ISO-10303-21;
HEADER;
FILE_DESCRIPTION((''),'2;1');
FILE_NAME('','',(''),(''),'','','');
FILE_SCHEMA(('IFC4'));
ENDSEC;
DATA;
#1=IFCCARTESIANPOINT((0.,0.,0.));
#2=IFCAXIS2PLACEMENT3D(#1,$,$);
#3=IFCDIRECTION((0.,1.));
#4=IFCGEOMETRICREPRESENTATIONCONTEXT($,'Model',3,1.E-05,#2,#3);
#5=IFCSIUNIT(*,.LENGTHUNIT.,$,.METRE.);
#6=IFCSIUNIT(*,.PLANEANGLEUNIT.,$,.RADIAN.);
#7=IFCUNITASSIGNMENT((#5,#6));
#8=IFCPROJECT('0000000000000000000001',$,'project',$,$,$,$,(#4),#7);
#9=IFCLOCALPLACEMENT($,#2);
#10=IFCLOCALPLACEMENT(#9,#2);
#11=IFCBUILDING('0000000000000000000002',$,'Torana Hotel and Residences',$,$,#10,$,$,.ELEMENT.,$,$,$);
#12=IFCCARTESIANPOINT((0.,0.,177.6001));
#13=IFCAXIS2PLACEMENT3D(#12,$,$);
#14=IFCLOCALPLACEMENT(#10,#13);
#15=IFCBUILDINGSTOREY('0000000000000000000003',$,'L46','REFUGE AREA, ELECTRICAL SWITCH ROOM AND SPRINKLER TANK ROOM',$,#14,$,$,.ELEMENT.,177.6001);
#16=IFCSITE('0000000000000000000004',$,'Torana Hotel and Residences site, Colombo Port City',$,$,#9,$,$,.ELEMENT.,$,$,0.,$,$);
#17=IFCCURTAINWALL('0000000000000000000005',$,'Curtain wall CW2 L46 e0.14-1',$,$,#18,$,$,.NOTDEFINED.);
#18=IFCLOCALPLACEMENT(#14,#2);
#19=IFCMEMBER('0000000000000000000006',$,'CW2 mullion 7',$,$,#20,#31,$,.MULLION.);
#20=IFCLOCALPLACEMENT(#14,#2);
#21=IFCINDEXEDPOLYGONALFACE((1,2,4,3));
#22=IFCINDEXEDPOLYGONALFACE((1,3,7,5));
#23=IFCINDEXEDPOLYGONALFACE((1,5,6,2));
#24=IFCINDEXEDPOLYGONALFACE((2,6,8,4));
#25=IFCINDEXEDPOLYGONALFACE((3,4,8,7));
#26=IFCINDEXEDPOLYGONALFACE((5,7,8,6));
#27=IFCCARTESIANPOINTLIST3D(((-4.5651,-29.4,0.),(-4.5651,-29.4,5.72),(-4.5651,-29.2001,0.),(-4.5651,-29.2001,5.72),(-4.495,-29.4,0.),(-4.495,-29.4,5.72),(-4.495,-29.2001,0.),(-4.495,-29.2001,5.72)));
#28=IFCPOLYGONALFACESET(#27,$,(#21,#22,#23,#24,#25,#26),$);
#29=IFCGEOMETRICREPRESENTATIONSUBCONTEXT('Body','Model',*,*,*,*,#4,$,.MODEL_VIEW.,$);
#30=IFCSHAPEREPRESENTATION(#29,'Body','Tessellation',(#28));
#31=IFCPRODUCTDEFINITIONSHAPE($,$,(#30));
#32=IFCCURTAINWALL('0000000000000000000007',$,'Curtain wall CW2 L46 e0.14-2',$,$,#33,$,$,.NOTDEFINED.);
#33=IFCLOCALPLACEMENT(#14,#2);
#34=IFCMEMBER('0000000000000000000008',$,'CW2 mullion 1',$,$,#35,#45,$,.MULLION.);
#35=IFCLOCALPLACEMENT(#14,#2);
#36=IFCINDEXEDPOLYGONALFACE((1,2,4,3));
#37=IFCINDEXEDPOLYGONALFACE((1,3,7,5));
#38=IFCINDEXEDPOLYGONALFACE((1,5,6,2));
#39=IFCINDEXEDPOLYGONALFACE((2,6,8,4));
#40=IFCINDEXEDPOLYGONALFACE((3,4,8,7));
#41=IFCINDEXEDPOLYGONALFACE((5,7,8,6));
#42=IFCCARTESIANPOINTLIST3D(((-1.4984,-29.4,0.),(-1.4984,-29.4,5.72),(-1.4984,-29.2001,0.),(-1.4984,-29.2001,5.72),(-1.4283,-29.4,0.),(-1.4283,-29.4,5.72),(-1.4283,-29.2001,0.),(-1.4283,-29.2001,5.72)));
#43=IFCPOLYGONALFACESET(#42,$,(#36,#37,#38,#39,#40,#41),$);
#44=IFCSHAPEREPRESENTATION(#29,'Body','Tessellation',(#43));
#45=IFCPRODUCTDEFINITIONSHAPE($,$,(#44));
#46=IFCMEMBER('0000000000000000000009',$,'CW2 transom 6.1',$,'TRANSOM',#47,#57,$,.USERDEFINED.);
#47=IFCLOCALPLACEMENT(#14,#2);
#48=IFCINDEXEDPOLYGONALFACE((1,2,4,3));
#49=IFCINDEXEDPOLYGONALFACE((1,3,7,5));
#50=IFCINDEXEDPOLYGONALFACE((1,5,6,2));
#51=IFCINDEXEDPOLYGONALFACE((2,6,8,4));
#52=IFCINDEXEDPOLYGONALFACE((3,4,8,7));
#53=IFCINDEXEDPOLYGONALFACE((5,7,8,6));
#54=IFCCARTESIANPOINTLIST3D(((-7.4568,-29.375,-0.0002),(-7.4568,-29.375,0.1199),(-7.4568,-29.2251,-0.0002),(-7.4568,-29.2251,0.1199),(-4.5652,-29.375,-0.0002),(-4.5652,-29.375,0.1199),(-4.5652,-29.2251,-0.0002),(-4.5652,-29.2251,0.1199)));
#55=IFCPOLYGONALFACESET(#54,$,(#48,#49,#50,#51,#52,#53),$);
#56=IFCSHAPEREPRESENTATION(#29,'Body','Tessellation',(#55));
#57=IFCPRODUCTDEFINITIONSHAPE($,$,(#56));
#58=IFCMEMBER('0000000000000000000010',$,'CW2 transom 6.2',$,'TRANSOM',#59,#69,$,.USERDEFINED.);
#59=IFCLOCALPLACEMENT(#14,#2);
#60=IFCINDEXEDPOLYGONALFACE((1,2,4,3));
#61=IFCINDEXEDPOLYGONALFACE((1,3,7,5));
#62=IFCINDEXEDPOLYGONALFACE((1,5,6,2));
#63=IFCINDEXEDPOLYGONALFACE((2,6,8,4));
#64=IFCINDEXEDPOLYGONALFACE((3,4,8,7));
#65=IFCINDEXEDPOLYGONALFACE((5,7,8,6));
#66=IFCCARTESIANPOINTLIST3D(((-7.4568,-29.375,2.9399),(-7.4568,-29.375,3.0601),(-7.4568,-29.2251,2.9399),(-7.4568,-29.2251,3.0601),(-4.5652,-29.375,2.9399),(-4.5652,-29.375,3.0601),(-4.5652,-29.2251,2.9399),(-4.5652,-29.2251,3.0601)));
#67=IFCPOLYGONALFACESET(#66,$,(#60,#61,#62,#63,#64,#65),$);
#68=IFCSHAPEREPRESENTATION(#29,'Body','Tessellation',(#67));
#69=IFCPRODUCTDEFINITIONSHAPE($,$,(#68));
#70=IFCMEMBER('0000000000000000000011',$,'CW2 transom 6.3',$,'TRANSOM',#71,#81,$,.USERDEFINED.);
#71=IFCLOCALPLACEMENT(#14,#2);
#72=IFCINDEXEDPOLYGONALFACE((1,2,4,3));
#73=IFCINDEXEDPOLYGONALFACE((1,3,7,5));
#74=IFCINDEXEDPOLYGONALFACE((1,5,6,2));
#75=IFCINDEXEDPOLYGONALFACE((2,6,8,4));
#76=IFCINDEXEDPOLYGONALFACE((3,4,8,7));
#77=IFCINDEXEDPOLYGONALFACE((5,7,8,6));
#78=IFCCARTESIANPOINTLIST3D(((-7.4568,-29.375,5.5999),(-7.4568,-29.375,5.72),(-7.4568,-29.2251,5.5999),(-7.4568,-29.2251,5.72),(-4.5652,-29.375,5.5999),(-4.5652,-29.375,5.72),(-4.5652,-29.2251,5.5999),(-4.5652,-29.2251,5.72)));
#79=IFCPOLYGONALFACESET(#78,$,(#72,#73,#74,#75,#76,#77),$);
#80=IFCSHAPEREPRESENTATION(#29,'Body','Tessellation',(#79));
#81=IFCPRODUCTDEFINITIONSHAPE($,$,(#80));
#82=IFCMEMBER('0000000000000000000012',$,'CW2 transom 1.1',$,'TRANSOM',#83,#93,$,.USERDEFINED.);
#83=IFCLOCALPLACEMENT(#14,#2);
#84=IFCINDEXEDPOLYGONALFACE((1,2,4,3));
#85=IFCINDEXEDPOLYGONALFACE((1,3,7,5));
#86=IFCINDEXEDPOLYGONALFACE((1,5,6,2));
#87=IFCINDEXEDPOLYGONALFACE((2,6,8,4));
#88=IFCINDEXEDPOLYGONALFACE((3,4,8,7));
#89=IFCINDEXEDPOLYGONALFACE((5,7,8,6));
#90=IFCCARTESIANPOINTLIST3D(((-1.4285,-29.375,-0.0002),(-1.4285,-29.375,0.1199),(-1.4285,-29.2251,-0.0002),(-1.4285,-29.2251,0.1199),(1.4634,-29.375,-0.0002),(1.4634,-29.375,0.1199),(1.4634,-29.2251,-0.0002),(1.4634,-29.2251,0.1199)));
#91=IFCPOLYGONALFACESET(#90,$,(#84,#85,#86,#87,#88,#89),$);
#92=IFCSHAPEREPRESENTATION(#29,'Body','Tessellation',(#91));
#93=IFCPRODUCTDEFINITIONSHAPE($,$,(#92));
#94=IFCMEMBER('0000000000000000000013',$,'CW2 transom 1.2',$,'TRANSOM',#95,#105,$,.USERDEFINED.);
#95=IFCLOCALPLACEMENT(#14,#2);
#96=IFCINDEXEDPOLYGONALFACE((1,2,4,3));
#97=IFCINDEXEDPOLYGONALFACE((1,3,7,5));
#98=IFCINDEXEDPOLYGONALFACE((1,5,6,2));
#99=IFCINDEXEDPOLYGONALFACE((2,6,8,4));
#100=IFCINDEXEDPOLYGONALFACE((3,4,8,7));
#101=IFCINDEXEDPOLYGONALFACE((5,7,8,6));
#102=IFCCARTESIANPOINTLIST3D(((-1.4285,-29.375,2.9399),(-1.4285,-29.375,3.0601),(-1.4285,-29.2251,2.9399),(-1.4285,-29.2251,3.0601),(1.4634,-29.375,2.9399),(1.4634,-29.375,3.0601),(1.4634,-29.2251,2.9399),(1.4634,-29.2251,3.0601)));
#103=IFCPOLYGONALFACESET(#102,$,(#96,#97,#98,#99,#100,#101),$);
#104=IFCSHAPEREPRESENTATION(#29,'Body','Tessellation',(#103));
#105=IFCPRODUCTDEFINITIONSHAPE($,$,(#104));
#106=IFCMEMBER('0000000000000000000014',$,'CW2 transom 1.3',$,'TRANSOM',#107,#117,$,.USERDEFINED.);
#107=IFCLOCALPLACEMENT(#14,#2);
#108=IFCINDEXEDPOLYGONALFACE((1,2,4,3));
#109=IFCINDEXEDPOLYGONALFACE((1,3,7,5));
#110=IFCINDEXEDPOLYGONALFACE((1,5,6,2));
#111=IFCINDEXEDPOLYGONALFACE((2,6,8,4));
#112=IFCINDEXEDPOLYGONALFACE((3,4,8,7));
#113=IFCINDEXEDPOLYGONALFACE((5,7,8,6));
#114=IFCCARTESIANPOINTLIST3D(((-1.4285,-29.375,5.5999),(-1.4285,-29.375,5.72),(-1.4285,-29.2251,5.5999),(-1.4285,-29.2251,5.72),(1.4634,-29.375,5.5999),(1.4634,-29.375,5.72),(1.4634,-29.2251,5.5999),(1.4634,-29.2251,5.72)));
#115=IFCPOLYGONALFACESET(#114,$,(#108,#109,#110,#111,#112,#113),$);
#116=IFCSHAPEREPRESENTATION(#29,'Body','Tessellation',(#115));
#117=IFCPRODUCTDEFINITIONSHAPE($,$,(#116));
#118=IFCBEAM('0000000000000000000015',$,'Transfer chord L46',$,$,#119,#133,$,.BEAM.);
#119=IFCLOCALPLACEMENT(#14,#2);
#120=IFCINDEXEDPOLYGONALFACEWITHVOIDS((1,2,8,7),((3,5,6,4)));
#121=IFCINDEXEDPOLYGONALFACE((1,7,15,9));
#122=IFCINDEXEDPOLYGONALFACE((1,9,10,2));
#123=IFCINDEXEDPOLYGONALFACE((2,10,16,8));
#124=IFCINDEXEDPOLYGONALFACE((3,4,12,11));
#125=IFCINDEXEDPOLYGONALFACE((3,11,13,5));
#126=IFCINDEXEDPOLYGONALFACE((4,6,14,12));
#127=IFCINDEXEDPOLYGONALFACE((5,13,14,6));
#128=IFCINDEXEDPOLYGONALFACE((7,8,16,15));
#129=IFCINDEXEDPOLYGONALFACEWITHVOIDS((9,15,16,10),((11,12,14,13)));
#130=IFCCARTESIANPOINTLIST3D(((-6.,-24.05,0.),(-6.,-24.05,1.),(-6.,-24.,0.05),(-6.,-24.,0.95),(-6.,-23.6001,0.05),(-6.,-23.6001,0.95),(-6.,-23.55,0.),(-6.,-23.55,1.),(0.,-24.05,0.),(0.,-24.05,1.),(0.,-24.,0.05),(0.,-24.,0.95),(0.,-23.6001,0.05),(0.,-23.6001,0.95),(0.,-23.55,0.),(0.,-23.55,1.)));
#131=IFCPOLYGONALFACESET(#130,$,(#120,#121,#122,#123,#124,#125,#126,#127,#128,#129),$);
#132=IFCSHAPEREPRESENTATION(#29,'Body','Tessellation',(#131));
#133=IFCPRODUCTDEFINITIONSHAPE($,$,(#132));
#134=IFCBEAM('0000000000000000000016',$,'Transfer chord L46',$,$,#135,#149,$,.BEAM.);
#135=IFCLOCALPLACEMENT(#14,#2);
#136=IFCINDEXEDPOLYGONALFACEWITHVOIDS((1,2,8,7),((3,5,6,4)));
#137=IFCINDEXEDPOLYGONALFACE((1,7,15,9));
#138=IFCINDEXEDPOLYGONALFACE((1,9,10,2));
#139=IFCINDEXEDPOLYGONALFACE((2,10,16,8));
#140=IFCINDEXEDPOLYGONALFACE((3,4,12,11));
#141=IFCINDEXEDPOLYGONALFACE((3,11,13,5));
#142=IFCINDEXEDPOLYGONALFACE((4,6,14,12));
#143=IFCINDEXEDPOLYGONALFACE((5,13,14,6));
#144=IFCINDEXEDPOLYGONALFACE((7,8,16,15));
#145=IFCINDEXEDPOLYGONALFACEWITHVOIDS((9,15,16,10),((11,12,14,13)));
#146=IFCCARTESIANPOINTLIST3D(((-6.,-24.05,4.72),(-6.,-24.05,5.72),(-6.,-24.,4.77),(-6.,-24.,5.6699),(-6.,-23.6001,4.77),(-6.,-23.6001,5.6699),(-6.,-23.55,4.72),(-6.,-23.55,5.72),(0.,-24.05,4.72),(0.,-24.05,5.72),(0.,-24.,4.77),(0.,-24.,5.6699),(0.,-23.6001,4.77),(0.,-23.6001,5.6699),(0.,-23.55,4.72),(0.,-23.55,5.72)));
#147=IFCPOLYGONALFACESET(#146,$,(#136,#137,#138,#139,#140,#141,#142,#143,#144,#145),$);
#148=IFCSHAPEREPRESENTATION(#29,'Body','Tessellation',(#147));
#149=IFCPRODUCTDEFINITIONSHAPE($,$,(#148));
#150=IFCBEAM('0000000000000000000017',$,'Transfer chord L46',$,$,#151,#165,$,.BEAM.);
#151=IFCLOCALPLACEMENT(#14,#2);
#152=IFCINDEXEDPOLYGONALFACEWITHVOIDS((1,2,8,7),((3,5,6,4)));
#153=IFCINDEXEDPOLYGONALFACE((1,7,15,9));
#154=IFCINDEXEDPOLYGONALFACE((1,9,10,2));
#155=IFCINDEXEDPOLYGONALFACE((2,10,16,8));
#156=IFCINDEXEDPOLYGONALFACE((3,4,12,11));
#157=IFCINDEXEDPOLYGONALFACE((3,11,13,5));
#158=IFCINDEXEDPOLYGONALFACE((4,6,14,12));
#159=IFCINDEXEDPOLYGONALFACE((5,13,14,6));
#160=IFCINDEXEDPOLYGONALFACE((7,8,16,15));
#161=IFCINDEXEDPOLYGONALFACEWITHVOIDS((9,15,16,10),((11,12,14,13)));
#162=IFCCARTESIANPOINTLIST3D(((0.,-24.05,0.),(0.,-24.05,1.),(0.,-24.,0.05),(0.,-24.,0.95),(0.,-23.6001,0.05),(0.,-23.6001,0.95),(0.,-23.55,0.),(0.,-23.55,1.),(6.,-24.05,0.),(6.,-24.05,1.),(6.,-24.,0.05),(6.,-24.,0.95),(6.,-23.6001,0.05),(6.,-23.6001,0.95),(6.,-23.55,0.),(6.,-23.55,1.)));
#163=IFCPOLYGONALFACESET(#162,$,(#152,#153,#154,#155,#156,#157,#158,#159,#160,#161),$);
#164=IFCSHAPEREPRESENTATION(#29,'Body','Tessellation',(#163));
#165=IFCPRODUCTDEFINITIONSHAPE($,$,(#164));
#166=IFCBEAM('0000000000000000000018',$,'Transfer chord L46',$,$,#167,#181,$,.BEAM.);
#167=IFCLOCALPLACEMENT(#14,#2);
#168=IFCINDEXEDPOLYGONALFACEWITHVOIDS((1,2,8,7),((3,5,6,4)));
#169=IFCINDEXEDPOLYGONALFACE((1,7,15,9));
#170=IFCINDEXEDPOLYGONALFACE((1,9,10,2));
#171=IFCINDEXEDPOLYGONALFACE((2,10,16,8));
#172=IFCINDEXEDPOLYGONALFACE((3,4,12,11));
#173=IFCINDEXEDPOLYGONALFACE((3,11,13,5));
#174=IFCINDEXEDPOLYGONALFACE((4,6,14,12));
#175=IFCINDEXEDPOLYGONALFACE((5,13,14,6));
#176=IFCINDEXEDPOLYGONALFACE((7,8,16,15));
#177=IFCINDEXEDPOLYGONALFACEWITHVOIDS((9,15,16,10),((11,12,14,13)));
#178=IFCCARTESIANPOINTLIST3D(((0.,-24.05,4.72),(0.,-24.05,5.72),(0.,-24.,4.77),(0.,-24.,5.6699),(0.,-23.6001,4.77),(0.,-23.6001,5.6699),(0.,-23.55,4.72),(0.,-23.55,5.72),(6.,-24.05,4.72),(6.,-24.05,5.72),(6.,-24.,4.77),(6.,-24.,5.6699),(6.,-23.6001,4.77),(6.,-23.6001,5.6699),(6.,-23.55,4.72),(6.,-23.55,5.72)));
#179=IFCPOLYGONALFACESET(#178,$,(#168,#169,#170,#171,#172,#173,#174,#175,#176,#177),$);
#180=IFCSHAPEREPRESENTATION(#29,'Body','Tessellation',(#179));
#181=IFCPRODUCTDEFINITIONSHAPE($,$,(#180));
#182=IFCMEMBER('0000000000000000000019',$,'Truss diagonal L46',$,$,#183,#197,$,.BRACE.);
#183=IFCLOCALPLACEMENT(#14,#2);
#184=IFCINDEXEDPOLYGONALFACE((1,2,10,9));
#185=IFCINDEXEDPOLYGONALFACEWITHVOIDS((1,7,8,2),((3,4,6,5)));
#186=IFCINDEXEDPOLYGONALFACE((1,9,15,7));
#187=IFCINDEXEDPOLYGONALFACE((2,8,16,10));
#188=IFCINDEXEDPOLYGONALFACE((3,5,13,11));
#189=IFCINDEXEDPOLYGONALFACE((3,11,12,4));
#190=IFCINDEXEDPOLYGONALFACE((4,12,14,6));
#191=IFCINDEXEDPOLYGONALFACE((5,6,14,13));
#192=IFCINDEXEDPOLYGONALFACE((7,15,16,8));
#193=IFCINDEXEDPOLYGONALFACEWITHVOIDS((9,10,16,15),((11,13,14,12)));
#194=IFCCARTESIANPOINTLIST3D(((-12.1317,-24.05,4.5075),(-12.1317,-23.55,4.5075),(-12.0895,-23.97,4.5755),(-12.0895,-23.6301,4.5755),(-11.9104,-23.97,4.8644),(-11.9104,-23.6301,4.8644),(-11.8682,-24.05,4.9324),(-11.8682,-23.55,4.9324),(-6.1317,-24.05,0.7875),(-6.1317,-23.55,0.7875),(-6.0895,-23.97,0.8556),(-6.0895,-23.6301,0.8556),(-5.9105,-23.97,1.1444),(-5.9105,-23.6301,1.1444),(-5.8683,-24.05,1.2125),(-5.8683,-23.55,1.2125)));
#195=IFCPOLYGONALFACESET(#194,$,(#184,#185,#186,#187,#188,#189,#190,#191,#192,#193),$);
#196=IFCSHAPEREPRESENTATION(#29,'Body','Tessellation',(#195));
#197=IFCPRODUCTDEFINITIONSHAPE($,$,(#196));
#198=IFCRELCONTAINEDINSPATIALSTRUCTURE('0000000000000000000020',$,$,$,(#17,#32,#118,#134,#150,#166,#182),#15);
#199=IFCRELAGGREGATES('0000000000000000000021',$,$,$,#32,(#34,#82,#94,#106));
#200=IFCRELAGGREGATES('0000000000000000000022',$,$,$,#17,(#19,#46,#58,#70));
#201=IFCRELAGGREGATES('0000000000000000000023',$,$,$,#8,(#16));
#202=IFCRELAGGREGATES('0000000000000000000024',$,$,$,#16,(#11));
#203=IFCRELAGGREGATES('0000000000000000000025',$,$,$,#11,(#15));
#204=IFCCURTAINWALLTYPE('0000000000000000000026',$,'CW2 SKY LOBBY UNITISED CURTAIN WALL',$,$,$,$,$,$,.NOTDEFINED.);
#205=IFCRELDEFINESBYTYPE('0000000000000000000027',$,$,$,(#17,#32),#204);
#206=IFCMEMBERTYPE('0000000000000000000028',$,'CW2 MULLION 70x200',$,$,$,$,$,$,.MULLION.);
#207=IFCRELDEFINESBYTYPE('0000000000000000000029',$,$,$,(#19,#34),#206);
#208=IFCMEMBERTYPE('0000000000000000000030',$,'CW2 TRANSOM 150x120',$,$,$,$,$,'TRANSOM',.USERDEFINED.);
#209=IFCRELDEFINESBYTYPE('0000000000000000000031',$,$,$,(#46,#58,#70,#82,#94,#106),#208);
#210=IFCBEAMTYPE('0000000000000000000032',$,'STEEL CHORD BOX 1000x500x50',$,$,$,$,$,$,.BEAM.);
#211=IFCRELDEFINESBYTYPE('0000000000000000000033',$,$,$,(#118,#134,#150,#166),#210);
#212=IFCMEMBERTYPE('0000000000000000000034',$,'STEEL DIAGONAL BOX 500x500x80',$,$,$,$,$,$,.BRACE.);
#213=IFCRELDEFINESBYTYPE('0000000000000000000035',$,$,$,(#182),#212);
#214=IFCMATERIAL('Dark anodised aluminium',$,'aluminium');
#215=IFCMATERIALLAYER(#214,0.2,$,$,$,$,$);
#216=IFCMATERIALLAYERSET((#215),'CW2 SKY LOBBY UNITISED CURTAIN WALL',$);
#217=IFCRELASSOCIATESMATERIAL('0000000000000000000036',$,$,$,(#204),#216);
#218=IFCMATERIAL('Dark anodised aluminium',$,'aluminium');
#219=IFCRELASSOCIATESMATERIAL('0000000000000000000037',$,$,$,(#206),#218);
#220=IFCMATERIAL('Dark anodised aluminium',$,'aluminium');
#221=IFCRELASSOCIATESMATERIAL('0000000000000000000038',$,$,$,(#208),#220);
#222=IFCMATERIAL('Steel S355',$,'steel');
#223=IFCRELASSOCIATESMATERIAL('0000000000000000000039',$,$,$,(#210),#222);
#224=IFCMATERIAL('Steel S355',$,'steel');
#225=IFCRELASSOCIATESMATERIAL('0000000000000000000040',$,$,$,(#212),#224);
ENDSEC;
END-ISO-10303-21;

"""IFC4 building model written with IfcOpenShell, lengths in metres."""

from ifc_helpers import new_model, si_unit, direction, frame, origin, origin_2d, place, context, subcontext, project, spatial, rectangle, hollow_rectangle, extrude, material, layer, layer_set, material_profile, profile_set, type_object, element, aggregate, save


model = new_model("IFC4")

# Units and contexts
model_context = context("Model", 3, precision=1e-05, world=origin(), true_north=direction((0.0, 1.0)))
body_context = subcontext(model_context, "Body", "Model", "MODEL_VIEW")
ifc_project = project(units=[si_unit("LENGTHUNIT", "METRE"), si_unit("PLANEANGLEUNIT", "RADIAN")], contexts=[model_context])

# Site, building, storey
site_placement = place(None, origin())
site = spatial("IfcSite", under=ifc_project, at=site_placement, Name="Torana Hotel and Residences site, Colombo Port City", CompositionType="ELEMENT", RefElevation=0.0)
building_placement = place(site_placement, origin())
building = spatial("IfcBuilding", under=site, at=building_placement, Name="Torana Hotel and Residences", CompositionType="ELEMENT")
storey_placement = place(building_placement, frame((0.0, 0.0, 177.6001)))
storey = spatial("IfcBuildingStorey", under=building, at=storey_placement, Name="L46", Description="REFUGE AREA, ELECTRICAL SWITCH ROOM AND SPRINKLER TANK ROOM", CompositionType="ELEMENT", Elevation=177.6001)

# Curtain walls, members
ifc_material_1 = material(Name="Dark anodised aluminium", Category="aluminium")
ifc_layer_1 = layer(ifc_material_1, 0.2)
ifc_layer_set_1 = layer_set([ifc_layer_1], Name="CW2 SKY LOBBY UNITISED CURTAIN WALL")
curtain_wall_type = type_object("IfcCurtainWallType", Name="CW2 SKY LOBBY UNITISED CURTAIN WALL", PredefinedType="NOTDEFINED", material=ifc_layer_set_1)
curtain_wall_1_placement = place(storey_placement, origin())
curtain_wall_1 = element("IfcCurtainWall", 1, at=curtain_wall_1_placement, inside=storey, type_object=curtain_wall_type, Name="Curtain wall CW2 L46 e0.14-1", PredefinedType="NOTDEFINED")
ifc_material_2 = material(Name="Dark anodised aluminium", Category="aluminium")
ifc_material_profile_1 = material_profile(ifc_material_2, rectangle(XDim=0.2, YDim=0.0701, at=origin_2d()), Name="CW2 MULLION 70x200")
ifc_profile_set_1 = profile_set([ifc_material_profile_1], Name="Dark anodised aluminium")
member_type_1 = type_object("IfcMemberType", Name="CW2 MULLION 70x200", PredefinedType="MULLION", material=ifc_profile_set_1)
member_1_placement = place(storey_placement, frame((-4.53, -29.3, 0.0), z_axis=(0.0, 0.0, 1.0), x_axis=(0.0, 1.0, 0.0)))
member_1 = element("IfcMember", 2, at=member_1_placement, type_object=member_type_1, Name="CW2 mullion 7", PredefinedType="MULLION", context=body_context, shape_type="SweptSolid", body=[
    extrude(rectangle(XDim=0.2, YDim=0.0701, at=origin_2d()), origin(), (0.0, 0.0, 1.0), 5.72),
])
curtain_wall_2_placement = place(storey_placement, origin())
curtain_wall_2 = element("IfcCurtainWall", 3, at=curtain_wall_2_placement, inside=storey, type_object=curtain_wall_type, Name="Curtain wall CW2 L46 e0.14-2", PredefinedType="NOTDEFINED")
member_2_placement = place(storey_placement, frame((-1.4634, -29.3, 0.0), z_axis=(0.0, 0.0, 1.0), x_axis=(0.0, 1.0, 0.0)))
member_2 = element("IfcMember", 4, at=member_2_placement, type_object=member_type_1, Name="CW2 mullion 1", PredefinedType="MULLION", context=body_context, shape_type="SweptSolid", body=[
    extrude(rectangle(XDim=0.2, YDim=0.0701, at=origin_2d()), origin(), (0.0, 0.0, 1.0), 5.72),
])

# Members
ifc_material_3 = material(Name="Dark anodised aluminium", Category="aluminium")
ifc_material_profile_2 = material_profile(ifc_material_3, rectangle(XDim=0.1499, YDim=0.1201, at=origin_2d()), Name="CW2 TRANSOM 150x120")
ifc_profile_set_2 = profile_set([ifc_material_profile_2], Name="Dark anodised aluminium")
member_type_2 = type_object("IfcMemberType", Name="CW2 TRANSOM 150x120", ElementType="TRANSOM", PredefinedType="USERDEFINED", material=ifc_profile_set_2)
member_3_placement = place(storey_placement, frame((-7.4568, -29.3, 0.0598), z_axis=(1.0, 0.0, 0.0), x_axis=(0.0, 1.0, 0.0)))
member_3 = element("IfcMember", 5, at=member_3_placement, type_object=member_type_2, Name="CW2 transom 6.1", ObjectType="TRANSOM", PredefinedType="USERDEFINED", context=body_context, shape_type="SweptSolid", body=[
    extrude(rectangle(XDim=0.1499, YDim=0.1201, at=origin_2d()), origin(), (0.0, 0.0, 1.0), 2.8916),
])
member_4_placement = place(storey_placement, frame((-7.4568, -29.3, 3.0), z_axis=(1.0, 0.0, 0.0), x_axis=(0.0, 1.0, 0.0)))
member_4 = element("IfcMember", 6, at=member_4_placement, type_object=member_type_2, Name="CW2 transom 6.2", ObjectType="TRANSOM", PredefinedType="USERDEFINED", context=body_context, shape_type="SweptSolid", body=[
    extrude(rectangle(XDim=0.1499, YDim=0.1201, at=origin_2d()), origin(), (0.0, 0.0, 1.0), 2.8916),
])
member_5_placement = place(storey_placement, frame((-7.4568, -29.3, 5.6599), z_axis=(1.0, 0.0, 0.0), x_axis=(0.0, 1.0, 0.0)))
member_5 = element("IfcMember", 7, at=member_5_placement, type_object=member_type_2, Name="CW2 transom 6.3", ObjectType="TRANSOM", PredefinedType="USERDEFINED", context=body_context, shape_type="SweptSolid", body=[
    extrude(rectangle(XDim=0.1499, YDim=0.1201, at=origin_2d()), origin(), (0.0, 0.0, 1.0), 2.8916),
])
member_6_placement = place(storey_placement, frame((-1.4285, -29.3, 0.0598), z_axis=(1.0, 0.0, 0.0), x_axis=(0.0, 1.0, 0.0)))
member_6 = element("IfcMember", 8, at=member_6_placement, type_object=member_type_2, Name="CW2 transom 1.1", ObjectType="TRANSOM", PredefinedType="USERDEFINED", context=body_context, shape_type="SweptSolid", body=[
    extrude(rectangle(XDim=0.1499, YDim=0.1201, at=origin_2d()), origin(), (0.0, 0.0, 1.0), 2.8918),
])
member_7_placement = place(storey_placement, frame((-1.4285, -29.3, 3.0), z_axis=(1.0, 0.0, 0.0), x_axis=(0.0, 1.0, 0.0)))
member_7 = element("IfcMember", 9, at=member_7_placement, type_object=member_type_2, Name="CW2 transom 1.2", ObjectType="TRANSOM", PredefinedType="USERDEFINED", context=body_context, shape_type="SweptSolid", body=[
    extrude(rectangle(XDim=0.1499, YDim=0.1201, at=origin_2d()), origin(), (0.0, 0.0, 1.0), 2.8918),
])
member_8_placement = place(storey_placement, frame((-1.4285, -29.3, 5.6599), z_axis=(1.0, 0.0, 0.0), x_axis=(0.0, 1.0, 0.0)))
member_8 = element("IfcMember", 10, at=member_8_placement, type_object=member_type_2, Name="CW2 transom 1.3", ObjectType="TRANSOM", PredefinedType="USERDEFINED", context=body_context, shape_type="SweptSolid", body=[
    extrude(rectangle(XDim=0.1499, YDim=0.1201, at=origin_2d()), origin(), (0.0, 0.0, 1.0), 2.8918),
])
aggregate(curtain_wall_2, [member_2, member_6, member_7, member_8])

# Beams
ifc_material_4 = material(Name="Steel S355", Category="steel")
ifc_material_profile_3 = material_profile(ifc_material_4, hollow_rectangle(XDim=0.5, YDim=1.0, WallThickness=0.05, at=origin_2d()), Name="BOX 1000x500x50")
ifc_profile_set_3 = profile_set([ifc_material_profile_3], Name="Steel S355")
beam_type = type_object("IfcBeamType", Name="STEEL CHORD BOX 1000x500x50", PredefinedType="BEAM", material=ifc_profile_set_3)
for number, where, z_axis, x_axis, name in (
    (11, (-6.0, -23.8, 0.5), (1.0, 0.0, 0.0), (0.0, 1.0, 0.0), "Transfer chord L46"),
    (12, (-6.0, -23.8, 5.22), (1.0, 0.0, 0.0), (0.0, 1.0, 0.0), "Transfer chord L46"),
    (13, (0.0, -23.8, 0.5), (1.0, 0.0, 0.0), (0.0, 1.0, 0.0), "Transfer chord L46"),
    (14, (0.0, -23.8, 5.22), (1.0, 0.0, 0.0), (0.0, 1.0, 0.0), "Transfer chord L46"),
):
    element("IfcBeam", number, at=place(storey_placement, frame(where, z_axis=z_axis, x_axis=x_axis)), inside=storey, type_object=beam_type, Name=name, PredefinedType="BEAM", context=body_context, shape_type="SweptSolid", body=[
        extrude(hollow_rectangle(XDim=0.5, YDim=1.0, WallThickness=0.05, at=origin_2d()), origin(), (0.0, 0.0, 1.0), 6.0),
    ])

# Member
ifc_material_5 = material(Name="Steel S355", Category="steel")
ifc_material_profile_4 = material_profile(ifc_material_5, hollow_rectangle(XDim=0.5, YDim=0.5, WallThickness=0.0801, at=origin_2d()), Name="BOX 500x500x80")
ifc_profile_set_4 = profile_set([ifc_material_profile_4], Name="Steel S355")
member_type_3 = type_object("IfcMemberType", Name="STEEL DIAGONAL BOX 500x500x80", PredefinedType="BRACE", material=ifc_profile_set_4)
for number, where, z_axis, x_axis, name in (
    (15, (-6.0, -23.8, 1.0), (-0.849905, 0.0, 0.526937), (0.0, -1.0, 0.0), "Truss diagonal L46"),
):
    element("IfcMember", number, at=place(storey_placement, frame(where, z_axis=z_axis, x_axis=x_axis)), inside=storey, type_object=member_type_3, Name=name, PredefinedType="BRACE", context=body_context, shape_type="SweptSolid", body=[
        extrude(hollow_rectangle(XDim=0.5, YDim=0.5, WallThickness=0.0801, at=origin_2d()), origin(), (0.0, 0.0, 1.0), 7.0596),
    ])

aggregate(curtain_wall_1, [member_1, member_3, member_4, member_5])

save(model, "model.ifc")
